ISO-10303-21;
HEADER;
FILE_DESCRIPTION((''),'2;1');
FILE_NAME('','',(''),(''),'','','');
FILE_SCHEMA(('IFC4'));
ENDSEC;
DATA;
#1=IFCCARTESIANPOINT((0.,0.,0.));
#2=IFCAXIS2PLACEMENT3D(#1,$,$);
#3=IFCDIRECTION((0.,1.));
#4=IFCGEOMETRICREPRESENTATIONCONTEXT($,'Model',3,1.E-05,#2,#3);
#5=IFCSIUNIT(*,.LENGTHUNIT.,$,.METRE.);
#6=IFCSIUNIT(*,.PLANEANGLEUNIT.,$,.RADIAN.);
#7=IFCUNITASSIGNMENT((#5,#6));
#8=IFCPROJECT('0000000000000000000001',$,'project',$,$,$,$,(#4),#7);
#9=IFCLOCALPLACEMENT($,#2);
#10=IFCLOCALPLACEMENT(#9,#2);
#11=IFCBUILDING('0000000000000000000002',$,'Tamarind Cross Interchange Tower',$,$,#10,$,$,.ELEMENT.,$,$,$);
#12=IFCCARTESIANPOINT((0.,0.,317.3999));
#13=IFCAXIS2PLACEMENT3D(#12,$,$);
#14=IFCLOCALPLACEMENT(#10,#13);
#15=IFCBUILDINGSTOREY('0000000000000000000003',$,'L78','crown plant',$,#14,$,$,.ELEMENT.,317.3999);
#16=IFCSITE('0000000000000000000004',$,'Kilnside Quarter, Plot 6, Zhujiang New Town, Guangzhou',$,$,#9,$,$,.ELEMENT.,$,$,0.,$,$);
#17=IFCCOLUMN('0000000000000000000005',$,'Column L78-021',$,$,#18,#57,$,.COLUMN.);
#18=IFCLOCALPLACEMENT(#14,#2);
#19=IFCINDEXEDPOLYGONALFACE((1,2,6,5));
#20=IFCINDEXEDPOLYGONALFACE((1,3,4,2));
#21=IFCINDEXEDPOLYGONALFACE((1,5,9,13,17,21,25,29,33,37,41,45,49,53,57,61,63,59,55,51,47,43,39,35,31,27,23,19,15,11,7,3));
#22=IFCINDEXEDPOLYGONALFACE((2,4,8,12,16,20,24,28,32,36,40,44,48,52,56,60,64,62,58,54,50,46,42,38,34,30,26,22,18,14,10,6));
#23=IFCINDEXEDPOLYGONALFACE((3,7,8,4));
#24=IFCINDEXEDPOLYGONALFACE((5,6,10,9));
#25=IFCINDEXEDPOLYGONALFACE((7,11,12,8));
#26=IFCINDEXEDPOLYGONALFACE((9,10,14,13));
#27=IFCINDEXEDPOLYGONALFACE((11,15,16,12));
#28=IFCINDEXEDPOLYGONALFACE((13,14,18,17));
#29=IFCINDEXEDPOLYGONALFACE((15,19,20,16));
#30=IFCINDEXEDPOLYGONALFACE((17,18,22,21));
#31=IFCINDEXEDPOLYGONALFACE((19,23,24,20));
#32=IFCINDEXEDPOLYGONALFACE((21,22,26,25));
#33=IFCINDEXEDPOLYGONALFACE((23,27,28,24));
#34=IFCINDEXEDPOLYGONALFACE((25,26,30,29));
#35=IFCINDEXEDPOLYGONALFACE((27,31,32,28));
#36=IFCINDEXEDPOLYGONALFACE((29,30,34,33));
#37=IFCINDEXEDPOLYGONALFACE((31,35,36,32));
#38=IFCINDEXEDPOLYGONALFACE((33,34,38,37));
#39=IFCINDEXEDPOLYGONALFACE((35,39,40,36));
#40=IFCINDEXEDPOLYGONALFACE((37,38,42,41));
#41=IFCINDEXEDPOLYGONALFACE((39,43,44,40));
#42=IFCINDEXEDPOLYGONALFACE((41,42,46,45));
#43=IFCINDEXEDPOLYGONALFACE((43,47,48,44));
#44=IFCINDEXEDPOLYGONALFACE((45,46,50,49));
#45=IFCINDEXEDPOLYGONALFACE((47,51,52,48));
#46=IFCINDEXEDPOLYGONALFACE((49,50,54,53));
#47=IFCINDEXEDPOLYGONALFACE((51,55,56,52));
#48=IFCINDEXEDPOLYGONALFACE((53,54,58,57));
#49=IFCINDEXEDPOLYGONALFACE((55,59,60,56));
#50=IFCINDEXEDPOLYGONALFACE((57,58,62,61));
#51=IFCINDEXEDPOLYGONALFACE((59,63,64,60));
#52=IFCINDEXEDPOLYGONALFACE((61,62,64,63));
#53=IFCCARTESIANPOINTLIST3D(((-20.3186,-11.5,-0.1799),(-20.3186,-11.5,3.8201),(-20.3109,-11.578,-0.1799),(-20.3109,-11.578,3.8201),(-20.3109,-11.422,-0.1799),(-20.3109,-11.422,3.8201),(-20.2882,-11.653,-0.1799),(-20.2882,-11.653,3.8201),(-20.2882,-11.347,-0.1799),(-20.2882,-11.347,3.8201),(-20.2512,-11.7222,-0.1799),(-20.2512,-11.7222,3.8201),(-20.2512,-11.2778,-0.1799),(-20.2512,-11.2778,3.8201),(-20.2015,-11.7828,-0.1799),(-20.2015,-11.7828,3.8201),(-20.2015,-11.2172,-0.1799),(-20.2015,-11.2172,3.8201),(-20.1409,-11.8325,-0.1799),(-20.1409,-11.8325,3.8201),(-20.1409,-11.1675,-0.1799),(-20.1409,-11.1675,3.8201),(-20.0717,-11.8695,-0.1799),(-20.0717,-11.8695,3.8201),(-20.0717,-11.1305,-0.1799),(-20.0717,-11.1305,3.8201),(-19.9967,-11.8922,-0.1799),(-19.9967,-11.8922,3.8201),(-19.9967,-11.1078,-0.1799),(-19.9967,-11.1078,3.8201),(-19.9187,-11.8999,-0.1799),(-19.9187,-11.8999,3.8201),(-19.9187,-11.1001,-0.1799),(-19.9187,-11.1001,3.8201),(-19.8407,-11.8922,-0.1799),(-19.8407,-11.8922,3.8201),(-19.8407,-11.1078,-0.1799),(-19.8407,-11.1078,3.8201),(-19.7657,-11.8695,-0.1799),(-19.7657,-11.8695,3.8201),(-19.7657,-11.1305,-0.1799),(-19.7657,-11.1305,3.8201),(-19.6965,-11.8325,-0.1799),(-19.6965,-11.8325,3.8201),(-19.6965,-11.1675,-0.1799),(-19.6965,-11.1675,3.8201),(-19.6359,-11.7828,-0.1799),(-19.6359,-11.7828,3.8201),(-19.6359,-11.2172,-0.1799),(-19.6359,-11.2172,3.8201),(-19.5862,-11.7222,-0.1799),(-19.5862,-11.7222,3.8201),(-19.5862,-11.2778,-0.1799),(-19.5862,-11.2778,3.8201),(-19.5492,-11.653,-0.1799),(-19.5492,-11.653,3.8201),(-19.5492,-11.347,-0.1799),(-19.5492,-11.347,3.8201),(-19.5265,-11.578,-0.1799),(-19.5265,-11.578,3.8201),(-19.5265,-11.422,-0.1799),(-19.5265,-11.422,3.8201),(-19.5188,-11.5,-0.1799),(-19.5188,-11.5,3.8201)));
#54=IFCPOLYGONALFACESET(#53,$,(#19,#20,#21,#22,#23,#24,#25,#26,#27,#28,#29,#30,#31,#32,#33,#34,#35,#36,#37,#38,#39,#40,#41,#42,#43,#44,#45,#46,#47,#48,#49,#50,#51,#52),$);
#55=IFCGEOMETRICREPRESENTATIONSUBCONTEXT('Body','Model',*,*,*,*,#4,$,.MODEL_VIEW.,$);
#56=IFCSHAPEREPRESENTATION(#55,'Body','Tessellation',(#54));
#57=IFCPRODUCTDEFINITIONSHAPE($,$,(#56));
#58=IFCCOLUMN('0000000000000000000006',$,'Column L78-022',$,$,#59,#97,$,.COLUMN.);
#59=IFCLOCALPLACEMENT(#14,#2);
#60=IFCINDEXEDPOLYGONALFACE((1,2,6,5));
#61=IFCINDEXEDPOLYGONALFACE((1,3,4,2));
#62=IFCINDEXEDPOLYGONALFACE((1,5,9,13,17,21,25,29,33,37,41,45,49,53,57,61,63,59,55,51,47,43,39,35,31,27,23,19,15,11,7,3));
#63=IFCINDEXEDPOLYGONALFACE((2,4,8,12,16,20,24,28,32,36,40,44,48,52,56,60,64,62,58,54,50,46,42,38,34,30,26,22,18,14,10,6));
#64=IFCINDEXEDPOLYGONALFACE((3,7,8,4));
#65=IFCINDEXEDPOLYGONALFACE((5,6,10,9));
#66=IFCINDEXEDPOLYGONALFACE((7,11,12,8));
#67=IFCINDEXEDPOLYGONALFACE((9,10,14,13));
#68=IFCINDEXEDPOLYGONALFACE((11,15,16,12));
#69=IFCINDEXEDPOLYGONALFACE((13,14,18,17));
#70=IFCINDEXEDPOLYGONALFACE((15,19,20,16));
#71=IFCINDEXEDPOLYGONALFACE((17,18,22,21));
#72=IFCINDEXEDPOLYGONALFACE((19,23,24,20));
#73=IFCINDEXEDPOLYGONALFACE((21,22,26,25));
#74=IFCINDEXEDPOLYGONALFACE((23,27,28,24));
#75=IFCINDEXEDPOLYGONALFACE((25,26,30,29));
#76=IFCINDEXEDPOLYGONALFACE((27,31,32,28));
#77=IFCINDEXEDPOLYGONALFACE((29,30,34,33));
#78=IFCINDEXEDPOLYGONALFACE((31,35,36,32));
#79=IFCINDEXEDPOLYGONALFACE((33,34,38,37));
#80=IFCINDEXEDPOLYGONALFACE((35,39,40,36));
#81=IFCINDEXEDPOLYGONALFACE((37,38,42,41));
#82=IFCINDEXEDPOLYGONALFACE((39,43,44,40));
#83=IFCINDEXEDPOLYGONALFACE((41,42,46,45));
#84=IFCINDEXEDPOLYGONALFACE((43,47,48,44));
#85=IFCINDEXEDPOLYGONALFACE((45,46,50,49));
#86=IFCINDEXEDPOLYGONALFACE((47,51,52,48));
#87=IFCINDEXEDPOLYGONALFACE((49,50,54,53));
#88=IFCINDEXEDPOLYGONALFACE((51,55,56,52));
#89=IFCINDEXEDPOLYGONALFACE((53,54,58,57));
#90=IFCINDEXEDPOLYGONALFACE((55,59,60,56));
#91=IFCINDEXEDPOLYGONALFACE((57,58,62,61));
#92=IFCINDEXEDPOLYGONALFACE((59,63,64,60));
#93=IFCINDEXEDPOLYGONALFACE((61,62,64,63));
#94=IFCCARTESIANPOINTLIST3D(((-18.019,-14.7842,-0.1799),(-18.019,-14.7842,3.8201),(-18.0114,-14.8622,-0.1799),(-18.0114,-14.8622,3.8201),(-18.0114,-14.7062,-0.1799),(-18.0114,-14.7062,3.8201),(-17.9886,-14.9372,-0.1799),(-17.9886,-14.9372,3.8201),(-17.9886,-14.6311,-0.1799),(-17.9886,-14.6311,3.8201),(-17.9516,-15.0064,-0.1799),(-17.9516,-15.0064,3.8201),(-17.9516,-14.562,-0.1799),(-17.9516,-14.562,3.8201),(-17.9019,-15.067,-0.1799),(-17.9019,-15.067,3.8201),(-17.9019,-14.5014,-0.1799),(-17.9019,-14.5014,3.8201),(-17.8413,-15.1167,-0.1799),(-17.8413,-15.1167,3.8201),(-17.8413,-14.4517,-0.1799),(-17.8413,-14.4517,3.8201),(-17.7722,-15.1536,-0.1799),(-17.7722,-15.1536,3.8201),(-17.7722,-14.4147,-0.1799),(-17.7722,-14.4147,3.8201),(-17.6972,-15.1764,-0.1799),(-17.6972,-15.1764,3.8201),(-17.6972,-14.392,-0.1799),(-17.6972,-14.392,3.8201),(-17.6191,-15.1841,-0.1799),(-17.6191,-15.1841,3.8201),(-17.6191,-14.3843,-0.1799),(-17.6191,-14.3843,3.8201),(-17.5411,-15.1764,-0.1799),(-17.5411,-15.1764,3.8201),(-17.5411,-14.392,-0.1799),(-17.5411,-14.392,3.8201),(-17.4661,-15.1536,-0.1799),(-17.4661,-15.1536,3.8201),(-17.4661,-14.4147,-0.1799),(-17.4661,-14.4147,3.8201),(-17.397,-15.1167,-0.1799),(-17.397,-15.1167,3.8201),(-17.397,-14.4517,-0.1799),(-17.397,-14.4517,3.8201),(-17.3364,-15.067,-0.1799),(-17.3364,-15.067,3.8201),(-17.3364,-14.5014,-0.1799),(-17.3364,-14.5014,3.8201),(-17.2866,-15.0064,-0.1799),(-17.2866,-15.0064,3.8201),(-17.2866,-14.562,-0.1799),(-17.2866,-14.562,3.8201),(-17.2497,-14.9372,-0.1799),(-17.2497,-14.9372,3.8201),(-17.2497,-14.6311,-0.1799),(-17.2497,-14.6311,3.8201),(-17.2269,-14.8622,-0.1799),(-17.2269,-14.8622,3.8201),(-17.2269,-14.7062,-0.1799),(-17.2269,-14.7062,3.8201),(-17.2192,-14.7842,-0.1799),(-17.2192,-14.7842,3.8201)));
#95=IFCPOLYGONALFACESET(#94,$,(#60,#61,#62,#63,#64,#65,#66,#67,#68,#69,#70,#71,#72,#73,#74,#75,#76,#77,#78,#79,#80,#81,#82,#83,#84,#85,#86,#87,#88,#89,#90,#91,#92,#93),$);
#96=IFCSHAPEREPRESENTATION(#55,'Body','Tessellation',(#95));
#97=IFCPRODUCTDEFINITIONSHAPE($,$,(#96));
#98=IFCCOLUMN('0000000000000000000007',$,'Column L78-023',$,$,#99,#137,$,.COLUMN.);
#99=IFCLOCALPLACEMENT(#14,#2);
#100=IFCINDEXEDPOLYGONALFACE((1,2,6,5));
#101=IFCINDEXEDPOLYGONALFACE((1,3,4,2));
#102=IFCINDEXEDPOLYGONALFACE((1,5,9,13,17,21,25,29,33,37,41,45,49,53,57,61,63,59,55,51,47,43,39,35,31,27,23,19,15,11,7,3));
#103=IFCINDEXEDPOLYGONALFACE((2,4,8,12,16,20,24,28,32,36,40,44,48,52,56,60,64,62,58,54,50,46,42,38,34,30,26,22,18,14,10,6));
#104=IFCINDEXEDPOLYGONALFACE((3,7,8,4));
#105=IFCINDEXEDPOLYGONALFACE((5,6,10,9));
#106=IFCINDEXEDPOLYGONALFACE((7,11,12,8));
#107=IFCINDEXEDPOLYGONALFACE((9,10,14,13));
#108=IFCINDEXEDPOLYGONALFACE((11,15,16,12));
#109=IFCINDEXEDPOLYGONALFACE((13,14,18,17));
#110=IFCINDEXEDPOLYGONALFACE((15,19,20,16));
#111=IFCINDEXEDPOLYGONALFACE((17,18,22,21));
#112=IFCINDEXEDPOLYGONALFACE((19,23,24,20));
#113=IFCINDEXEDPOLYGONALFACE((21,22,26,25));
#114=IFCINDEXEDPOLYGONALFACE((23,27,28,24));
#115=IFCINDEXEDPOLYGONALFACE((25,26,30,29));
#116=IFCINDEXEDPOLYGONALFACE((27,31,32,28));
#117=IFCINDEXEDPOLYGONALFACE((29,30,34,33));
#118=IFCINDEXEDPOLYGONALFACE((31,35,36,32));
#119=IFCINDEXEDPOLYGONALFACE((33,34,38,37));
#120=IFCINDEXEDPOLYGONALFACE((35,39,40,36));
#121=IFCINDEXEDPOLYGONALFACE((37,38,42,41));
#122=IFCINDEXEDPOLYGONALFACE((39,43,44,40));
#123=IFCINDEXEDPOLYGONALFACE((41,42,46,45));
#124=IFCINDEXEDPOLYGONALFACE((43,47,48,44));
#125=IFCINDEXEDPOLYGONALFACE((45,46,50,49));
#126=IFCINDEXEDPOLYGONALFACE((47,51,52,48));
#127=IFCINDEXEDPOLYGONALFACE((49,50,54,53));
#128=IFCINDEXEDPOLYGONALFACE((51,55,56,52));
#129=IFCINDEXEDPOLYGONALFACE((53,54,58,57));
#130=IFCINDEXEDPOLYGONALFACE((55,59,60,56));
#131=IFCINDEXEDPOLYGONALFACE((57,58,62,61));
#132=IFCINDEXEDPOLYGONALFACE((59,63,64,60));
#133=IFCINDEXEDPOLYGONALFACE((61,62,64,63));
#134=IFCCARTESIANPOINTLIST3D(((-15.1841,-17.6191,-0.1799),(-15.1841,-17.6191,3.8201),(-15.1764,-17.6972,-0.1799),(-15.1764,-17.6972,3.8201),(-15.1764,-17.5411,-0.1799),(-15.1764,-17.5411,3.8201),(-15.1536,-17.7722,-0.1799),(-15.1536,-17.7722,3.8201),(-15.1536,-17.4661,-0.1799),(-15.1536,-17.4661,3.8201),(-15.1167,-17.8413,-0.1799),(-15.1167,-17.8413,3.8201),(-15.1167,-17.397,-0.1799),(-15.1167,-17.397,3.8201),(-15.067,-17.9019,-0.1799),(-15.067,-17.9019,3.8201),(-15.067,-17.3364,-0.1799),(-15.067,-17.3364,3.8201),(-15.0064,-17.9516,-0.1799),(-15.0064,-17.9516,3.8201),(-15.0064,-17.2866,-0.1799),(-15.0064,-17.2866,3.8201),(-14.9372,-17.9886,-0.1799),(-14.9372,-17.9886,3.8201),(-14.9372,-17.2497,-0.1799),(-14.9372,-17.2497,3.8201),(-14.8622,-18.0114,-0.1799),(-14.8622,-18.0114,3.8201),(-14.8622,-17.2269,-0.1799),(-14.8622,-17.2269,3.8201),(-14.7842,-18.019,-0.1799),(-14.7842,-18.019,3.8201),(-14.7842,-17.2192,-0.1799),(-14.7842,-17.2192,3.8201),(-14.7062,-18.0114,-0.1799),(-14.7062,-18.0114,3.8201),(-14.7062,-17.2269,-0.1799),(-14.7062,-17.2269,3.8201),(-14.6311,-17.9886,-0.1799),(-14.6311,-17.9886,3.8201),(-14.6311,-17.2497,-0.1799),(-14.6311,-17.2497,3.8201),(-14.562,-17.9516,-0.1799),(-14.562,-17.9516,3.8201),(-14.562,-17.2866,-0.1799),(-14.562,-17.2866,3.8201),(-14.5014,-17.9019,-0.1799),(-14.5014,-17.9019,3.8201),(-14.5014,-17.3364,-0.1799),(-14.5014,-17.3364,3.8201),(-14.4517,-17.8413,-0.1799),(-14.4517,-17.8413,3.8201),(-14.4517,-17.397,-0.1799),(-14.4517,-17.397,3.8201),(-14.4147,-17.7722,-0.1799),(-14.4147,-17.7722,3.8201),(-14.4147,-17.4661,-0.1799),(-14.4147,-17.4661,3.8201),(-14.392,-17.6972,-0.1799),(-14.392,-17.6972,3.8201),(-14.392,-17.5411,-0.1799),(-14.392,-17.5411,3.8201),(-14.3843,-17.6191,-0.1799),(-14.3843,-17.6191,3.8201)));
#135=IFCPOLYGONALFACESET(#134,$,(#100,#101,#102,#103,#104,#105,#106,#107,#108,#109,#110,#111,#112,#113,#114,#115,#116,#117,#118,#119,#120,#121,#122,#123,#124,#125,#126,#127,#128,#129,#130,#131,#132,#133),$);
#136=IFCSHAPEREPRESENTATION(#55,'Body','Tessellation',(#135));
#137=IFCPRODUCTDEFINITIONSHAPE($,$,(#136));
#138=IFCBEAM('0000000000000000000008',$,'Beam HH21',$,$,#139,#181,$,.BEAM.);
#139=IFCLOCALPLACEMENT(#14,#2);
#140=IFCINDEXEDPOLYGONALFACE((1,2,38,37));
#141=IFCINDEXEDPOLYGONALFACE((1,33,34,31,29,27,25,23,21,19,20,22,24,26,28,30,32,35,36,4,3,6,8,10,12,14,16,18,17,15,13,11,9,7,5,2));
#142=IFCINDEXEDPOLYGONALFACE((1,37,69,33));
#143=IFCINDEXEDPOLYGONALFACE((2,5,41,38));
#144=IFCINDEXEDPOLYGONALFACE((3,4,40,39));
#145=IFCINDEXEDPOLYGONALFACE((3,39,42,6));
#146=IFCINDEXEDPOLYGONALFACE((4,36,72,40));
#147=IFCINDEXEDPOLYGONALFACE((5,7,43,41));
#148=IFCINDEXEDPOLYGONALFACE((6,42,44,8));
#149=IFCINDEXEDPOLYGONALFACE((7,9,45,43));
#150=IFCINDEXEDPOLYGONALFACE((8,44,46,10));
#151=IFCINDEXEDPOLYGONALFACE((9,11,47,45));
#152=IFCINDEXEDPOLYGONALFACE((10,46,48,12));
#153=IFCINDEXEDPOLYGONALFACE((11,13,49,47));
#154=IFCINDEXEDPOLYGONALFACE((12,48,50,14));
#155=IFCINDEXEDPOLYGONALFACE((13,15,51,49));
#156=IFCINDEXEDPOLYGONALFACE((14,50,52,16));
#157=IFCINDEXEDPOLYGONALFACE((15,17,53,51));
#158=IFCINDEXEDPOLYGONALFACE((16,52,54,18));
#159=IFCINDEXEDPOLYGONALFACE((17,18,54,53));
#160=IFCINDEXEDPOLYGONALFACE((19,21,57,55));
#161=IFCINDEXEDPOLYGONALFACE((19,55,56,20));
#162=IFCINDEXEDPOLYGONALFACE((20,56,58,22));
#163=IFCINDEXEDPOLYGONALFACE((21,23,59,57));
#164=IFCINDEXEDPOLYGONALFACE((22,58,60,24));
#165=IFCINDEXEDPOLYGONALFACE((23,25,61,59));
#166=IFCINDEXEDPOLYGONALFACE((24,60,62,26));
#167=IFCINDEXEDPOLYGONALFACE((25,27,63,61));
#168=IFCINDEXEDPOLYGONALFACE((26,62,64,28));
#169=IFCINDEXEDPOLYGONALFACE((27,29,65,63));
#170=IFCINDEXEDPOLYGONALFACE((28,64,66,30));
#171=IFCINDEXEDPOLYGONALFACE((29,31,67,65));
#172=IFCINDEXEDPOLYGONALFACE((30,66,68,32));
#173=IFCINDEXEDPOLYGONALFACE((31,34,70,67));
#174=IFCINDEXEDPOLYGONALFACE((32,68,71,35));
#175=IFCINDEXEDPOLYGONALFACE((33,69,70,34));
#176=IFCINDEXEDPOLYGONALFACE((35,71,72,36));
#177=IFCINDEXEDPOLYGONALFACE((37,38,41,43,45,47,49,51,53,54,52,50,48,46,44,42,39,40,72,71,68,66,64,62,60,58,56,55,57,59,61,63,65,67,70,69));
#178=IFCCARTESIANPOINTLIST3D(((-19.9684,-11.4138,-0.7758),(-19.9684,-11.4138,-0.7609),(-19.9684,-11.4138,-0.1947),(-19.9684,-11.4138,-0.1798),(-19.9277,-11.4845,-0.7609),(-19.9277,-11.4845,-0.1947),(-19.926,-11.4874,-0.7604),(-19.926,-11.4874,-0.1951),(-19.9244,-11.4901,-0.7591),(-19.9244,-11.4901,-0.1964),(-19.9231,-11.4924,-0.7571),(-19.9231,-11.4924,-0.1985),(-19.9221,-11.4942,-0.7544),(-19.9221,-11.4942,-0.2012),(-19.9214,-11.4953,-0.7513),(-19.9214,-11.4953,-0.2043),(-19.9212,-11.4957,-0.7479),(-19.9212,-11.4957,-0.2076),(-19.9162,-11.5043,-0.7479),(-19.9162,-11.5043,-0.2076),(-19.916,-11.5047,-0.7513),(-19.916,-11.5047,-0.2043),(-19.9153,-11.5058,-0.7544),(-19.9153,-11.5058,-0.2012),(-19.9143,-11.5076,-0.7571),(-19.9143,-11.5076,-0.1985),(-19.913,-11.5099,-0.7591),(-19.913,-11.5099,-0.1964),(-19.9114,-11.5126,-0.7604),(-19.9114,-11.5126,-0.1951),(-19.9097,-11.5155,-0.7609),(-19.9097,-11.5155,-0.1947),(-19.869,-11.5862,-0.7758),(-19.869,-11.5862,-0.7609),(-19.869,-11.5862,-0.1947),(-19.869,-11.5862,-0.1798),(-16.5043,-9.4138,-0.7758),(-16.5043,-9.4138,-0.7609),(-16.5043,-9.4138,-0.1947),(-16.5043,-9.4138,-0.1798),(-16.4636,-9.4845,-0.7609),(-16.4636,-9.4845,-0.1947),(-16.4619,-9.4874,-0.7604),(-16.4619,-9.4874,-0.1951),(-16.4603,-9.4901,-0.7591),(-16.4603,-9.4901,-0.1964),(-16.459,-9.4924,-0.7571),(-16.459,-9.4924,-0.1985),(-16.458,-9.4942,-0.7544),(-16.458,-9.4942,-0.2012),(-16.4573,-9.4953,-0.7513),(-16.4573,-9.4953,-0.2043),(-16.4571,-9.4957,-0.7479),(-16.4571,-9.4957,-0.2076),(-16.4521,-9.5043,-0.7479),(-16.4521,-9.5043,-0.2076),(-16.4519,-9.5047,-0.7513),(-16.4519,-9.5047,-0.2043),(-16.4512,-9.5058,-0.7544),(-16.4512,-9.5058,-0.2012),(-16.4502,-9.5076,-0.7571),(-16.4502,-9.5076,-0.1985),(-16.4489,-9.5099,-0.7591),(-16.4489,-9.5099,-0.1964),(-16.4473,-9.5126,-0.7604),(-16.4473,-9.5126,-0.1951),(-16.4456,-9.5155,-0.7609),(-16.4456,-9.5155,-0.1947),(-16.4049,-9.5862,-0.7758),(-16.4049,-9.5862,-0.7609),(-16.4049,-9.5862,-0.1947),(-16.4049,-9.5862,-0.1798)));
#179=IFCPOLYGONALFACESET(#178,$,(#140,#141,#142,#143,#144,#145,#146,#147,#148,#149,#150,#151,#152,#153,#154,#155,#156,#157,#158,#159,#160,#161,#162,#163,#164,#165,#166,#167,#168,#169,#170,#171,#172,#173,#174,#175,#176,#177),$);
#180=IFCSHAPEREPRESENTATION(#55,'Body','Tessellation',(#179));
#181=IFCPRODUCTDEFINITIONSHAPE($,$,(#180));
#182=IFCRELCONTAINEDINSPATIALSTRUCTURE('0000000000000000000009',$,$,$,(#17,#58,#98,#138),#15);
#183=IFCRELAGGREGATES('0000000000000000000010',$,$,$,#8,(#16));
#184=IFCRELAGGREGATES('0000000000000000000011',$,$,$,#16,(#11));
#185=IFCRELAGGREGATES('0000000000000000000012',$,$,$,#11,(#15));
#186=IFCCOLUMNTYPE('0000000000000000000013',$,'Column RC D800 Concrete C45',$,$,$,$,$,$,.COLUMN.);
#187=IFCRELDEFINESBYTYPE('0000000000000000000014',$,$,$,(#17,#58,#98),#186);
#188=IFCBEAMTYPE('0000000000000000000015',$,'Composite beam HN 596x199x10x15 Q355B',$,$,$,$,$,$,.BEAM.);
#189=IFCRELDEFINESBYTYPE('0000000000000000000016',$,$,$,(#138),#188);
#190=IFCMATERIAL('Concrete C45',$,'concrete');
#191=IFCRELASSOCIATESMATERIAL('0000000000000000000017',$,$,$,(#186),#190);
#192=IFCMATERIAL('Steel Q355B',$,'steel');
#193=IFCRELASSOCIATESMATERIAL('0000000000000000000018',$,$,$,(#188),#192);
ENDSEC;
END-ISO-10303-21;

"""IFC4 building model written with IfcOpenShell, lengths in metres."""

from ifc_helpers import new_model, si_unit, direction, frame, origin, origin_2d, place, context, subcontext, project, spatial, circle, i_section, extrude, material, material_profile, profile_set, type_object, element, save


model = new_model("IFC4")

# Units and contexts
model_context = context("Model", 3, precision=1e-05, world=origin(), true_north=direction((0.0, 1.0)))
body_context = subcontext(model_context, "Body", "Model", "MODEL_VIEW")
ifc_project = project(units=[si_unit("LENGTHUNIT", "METRE"), si_unit("PLANEANGLEUNIT", "RADIAN")], contexts=[model_context])

# Site, building, storey
site_placement = place(None, origin())
site = spatial("IfcSite", under=ifc_project, at=site_placement, Name="Kilnside Quarter, Plot 6, Zhujiang New Town, Guangzhou", CompositionType="ELEMENT", RefElevation=0.0)
building_placement = place(site_placement, origin())
building = spatial("IfcBuilding", under=site, at=building_placement, Name="Tamarind Cross Interchange Tower", CompositionType="ELEMENT")
storey_placement = place(building_placement, frame((0.0, 0.0, 317.3999)))
storey = spatial("IfcBuildingStorey", under=building, at=storey_placement, Name="L78", Description="crown plant", CompositionType="ELEMENT", Elevation=317.3999)

# Columns
ifc_material_1 = material(Name="Concrete C45", Category="concrete")
ifc_material_profile_1 = material_profile(ifc_material_1, circle(Radius=0.3999, at=origin_2d()), Name="RC D800")
ifc_profile_set_1 = profile_set([ifc_material_profile_1], Name="Concrete C45")
column_type = type_object("IfcColumnType", Name="Column RC D800 Concrete C45", PredefinedType="COLUMN", material=ifc_profile_set_1)
for number, where, z_axis, x_axis, name in (
    (1, (-19.9187, -11.5, -0.1799), (0.0, 0.0, 1.0), (1.0, 0.0, 0.0), "Column L78-021"),
    (2, (-17.6191, -14.7842, -0.1799), (0.0, 0.0, 1.0), (1.0, 0.0, 0.0), "Column L78-022"),
    (3, (-14.7842, -17.6191, -0.1799), (0.0, 0.0, 1.0), (1.0, 0.0, 0.0), "Column L78-023"),
):
    element("IfcColumn", number, at=place(storey_placement, frame(where, z_axis=z_axis, x_axis=x_axis)), inside=storey, type_object=column_type, Name=name, PredefinedType="COLUMN", context=body_context, shape_type="SweptSolid", body=[
        extrude(circle(Radius=0.3999, at=origin_2d()), origin(), (0.0, 0.0, 1.0), 4.0),
    ])

# Beam
ifc_material_2 = material(Name="Steel Q355B", Category="steel")
ifc_material_profile_2 = material_profile(ifc_material_2, i_section(OverallWidth=0.199, OverallDepth=0.5959, WebThickness=0.01, FlangeThickness=0.0149, FilletRadius=0.0129, at=origin_2d()), Name="HN 596x199x10x15")
ifc_profile_set_2 = profile_set([ifc_material_profile_2], Name="Steel Q355B")
beam_type = type_object("IfcBeamType", Name="Composite beam HN 596x199x10x15 Q355B", PredefinedType="BEAM", material=ifc_profile_set_2)
beam_1_placement = place(storey_placement, frame((-19.9187, -11.5, -0.4778), z_axis=(0.866026, 0.499999, 0.0), x_axis=(-0.499999, 0.866026, 0.0)))
element("IfcBeam", 4, at=beam_1_placement, inside=storey, type_object=beam_type, Name="Beam HH21", PredefinedType="BEAM", context=body_context, shape_type="SweptSolid", body=[
    extrude(i_section(OverallWidth=0.199, OverallDepth=0.5959, WebThickness=0.01, FlangeThickness=0.0149, FilletRadius=0.0129, at=origin_2d()), origin(), (0.0, 0.0, 1.0), 4.0),
])

save(model, "model.ifc")
